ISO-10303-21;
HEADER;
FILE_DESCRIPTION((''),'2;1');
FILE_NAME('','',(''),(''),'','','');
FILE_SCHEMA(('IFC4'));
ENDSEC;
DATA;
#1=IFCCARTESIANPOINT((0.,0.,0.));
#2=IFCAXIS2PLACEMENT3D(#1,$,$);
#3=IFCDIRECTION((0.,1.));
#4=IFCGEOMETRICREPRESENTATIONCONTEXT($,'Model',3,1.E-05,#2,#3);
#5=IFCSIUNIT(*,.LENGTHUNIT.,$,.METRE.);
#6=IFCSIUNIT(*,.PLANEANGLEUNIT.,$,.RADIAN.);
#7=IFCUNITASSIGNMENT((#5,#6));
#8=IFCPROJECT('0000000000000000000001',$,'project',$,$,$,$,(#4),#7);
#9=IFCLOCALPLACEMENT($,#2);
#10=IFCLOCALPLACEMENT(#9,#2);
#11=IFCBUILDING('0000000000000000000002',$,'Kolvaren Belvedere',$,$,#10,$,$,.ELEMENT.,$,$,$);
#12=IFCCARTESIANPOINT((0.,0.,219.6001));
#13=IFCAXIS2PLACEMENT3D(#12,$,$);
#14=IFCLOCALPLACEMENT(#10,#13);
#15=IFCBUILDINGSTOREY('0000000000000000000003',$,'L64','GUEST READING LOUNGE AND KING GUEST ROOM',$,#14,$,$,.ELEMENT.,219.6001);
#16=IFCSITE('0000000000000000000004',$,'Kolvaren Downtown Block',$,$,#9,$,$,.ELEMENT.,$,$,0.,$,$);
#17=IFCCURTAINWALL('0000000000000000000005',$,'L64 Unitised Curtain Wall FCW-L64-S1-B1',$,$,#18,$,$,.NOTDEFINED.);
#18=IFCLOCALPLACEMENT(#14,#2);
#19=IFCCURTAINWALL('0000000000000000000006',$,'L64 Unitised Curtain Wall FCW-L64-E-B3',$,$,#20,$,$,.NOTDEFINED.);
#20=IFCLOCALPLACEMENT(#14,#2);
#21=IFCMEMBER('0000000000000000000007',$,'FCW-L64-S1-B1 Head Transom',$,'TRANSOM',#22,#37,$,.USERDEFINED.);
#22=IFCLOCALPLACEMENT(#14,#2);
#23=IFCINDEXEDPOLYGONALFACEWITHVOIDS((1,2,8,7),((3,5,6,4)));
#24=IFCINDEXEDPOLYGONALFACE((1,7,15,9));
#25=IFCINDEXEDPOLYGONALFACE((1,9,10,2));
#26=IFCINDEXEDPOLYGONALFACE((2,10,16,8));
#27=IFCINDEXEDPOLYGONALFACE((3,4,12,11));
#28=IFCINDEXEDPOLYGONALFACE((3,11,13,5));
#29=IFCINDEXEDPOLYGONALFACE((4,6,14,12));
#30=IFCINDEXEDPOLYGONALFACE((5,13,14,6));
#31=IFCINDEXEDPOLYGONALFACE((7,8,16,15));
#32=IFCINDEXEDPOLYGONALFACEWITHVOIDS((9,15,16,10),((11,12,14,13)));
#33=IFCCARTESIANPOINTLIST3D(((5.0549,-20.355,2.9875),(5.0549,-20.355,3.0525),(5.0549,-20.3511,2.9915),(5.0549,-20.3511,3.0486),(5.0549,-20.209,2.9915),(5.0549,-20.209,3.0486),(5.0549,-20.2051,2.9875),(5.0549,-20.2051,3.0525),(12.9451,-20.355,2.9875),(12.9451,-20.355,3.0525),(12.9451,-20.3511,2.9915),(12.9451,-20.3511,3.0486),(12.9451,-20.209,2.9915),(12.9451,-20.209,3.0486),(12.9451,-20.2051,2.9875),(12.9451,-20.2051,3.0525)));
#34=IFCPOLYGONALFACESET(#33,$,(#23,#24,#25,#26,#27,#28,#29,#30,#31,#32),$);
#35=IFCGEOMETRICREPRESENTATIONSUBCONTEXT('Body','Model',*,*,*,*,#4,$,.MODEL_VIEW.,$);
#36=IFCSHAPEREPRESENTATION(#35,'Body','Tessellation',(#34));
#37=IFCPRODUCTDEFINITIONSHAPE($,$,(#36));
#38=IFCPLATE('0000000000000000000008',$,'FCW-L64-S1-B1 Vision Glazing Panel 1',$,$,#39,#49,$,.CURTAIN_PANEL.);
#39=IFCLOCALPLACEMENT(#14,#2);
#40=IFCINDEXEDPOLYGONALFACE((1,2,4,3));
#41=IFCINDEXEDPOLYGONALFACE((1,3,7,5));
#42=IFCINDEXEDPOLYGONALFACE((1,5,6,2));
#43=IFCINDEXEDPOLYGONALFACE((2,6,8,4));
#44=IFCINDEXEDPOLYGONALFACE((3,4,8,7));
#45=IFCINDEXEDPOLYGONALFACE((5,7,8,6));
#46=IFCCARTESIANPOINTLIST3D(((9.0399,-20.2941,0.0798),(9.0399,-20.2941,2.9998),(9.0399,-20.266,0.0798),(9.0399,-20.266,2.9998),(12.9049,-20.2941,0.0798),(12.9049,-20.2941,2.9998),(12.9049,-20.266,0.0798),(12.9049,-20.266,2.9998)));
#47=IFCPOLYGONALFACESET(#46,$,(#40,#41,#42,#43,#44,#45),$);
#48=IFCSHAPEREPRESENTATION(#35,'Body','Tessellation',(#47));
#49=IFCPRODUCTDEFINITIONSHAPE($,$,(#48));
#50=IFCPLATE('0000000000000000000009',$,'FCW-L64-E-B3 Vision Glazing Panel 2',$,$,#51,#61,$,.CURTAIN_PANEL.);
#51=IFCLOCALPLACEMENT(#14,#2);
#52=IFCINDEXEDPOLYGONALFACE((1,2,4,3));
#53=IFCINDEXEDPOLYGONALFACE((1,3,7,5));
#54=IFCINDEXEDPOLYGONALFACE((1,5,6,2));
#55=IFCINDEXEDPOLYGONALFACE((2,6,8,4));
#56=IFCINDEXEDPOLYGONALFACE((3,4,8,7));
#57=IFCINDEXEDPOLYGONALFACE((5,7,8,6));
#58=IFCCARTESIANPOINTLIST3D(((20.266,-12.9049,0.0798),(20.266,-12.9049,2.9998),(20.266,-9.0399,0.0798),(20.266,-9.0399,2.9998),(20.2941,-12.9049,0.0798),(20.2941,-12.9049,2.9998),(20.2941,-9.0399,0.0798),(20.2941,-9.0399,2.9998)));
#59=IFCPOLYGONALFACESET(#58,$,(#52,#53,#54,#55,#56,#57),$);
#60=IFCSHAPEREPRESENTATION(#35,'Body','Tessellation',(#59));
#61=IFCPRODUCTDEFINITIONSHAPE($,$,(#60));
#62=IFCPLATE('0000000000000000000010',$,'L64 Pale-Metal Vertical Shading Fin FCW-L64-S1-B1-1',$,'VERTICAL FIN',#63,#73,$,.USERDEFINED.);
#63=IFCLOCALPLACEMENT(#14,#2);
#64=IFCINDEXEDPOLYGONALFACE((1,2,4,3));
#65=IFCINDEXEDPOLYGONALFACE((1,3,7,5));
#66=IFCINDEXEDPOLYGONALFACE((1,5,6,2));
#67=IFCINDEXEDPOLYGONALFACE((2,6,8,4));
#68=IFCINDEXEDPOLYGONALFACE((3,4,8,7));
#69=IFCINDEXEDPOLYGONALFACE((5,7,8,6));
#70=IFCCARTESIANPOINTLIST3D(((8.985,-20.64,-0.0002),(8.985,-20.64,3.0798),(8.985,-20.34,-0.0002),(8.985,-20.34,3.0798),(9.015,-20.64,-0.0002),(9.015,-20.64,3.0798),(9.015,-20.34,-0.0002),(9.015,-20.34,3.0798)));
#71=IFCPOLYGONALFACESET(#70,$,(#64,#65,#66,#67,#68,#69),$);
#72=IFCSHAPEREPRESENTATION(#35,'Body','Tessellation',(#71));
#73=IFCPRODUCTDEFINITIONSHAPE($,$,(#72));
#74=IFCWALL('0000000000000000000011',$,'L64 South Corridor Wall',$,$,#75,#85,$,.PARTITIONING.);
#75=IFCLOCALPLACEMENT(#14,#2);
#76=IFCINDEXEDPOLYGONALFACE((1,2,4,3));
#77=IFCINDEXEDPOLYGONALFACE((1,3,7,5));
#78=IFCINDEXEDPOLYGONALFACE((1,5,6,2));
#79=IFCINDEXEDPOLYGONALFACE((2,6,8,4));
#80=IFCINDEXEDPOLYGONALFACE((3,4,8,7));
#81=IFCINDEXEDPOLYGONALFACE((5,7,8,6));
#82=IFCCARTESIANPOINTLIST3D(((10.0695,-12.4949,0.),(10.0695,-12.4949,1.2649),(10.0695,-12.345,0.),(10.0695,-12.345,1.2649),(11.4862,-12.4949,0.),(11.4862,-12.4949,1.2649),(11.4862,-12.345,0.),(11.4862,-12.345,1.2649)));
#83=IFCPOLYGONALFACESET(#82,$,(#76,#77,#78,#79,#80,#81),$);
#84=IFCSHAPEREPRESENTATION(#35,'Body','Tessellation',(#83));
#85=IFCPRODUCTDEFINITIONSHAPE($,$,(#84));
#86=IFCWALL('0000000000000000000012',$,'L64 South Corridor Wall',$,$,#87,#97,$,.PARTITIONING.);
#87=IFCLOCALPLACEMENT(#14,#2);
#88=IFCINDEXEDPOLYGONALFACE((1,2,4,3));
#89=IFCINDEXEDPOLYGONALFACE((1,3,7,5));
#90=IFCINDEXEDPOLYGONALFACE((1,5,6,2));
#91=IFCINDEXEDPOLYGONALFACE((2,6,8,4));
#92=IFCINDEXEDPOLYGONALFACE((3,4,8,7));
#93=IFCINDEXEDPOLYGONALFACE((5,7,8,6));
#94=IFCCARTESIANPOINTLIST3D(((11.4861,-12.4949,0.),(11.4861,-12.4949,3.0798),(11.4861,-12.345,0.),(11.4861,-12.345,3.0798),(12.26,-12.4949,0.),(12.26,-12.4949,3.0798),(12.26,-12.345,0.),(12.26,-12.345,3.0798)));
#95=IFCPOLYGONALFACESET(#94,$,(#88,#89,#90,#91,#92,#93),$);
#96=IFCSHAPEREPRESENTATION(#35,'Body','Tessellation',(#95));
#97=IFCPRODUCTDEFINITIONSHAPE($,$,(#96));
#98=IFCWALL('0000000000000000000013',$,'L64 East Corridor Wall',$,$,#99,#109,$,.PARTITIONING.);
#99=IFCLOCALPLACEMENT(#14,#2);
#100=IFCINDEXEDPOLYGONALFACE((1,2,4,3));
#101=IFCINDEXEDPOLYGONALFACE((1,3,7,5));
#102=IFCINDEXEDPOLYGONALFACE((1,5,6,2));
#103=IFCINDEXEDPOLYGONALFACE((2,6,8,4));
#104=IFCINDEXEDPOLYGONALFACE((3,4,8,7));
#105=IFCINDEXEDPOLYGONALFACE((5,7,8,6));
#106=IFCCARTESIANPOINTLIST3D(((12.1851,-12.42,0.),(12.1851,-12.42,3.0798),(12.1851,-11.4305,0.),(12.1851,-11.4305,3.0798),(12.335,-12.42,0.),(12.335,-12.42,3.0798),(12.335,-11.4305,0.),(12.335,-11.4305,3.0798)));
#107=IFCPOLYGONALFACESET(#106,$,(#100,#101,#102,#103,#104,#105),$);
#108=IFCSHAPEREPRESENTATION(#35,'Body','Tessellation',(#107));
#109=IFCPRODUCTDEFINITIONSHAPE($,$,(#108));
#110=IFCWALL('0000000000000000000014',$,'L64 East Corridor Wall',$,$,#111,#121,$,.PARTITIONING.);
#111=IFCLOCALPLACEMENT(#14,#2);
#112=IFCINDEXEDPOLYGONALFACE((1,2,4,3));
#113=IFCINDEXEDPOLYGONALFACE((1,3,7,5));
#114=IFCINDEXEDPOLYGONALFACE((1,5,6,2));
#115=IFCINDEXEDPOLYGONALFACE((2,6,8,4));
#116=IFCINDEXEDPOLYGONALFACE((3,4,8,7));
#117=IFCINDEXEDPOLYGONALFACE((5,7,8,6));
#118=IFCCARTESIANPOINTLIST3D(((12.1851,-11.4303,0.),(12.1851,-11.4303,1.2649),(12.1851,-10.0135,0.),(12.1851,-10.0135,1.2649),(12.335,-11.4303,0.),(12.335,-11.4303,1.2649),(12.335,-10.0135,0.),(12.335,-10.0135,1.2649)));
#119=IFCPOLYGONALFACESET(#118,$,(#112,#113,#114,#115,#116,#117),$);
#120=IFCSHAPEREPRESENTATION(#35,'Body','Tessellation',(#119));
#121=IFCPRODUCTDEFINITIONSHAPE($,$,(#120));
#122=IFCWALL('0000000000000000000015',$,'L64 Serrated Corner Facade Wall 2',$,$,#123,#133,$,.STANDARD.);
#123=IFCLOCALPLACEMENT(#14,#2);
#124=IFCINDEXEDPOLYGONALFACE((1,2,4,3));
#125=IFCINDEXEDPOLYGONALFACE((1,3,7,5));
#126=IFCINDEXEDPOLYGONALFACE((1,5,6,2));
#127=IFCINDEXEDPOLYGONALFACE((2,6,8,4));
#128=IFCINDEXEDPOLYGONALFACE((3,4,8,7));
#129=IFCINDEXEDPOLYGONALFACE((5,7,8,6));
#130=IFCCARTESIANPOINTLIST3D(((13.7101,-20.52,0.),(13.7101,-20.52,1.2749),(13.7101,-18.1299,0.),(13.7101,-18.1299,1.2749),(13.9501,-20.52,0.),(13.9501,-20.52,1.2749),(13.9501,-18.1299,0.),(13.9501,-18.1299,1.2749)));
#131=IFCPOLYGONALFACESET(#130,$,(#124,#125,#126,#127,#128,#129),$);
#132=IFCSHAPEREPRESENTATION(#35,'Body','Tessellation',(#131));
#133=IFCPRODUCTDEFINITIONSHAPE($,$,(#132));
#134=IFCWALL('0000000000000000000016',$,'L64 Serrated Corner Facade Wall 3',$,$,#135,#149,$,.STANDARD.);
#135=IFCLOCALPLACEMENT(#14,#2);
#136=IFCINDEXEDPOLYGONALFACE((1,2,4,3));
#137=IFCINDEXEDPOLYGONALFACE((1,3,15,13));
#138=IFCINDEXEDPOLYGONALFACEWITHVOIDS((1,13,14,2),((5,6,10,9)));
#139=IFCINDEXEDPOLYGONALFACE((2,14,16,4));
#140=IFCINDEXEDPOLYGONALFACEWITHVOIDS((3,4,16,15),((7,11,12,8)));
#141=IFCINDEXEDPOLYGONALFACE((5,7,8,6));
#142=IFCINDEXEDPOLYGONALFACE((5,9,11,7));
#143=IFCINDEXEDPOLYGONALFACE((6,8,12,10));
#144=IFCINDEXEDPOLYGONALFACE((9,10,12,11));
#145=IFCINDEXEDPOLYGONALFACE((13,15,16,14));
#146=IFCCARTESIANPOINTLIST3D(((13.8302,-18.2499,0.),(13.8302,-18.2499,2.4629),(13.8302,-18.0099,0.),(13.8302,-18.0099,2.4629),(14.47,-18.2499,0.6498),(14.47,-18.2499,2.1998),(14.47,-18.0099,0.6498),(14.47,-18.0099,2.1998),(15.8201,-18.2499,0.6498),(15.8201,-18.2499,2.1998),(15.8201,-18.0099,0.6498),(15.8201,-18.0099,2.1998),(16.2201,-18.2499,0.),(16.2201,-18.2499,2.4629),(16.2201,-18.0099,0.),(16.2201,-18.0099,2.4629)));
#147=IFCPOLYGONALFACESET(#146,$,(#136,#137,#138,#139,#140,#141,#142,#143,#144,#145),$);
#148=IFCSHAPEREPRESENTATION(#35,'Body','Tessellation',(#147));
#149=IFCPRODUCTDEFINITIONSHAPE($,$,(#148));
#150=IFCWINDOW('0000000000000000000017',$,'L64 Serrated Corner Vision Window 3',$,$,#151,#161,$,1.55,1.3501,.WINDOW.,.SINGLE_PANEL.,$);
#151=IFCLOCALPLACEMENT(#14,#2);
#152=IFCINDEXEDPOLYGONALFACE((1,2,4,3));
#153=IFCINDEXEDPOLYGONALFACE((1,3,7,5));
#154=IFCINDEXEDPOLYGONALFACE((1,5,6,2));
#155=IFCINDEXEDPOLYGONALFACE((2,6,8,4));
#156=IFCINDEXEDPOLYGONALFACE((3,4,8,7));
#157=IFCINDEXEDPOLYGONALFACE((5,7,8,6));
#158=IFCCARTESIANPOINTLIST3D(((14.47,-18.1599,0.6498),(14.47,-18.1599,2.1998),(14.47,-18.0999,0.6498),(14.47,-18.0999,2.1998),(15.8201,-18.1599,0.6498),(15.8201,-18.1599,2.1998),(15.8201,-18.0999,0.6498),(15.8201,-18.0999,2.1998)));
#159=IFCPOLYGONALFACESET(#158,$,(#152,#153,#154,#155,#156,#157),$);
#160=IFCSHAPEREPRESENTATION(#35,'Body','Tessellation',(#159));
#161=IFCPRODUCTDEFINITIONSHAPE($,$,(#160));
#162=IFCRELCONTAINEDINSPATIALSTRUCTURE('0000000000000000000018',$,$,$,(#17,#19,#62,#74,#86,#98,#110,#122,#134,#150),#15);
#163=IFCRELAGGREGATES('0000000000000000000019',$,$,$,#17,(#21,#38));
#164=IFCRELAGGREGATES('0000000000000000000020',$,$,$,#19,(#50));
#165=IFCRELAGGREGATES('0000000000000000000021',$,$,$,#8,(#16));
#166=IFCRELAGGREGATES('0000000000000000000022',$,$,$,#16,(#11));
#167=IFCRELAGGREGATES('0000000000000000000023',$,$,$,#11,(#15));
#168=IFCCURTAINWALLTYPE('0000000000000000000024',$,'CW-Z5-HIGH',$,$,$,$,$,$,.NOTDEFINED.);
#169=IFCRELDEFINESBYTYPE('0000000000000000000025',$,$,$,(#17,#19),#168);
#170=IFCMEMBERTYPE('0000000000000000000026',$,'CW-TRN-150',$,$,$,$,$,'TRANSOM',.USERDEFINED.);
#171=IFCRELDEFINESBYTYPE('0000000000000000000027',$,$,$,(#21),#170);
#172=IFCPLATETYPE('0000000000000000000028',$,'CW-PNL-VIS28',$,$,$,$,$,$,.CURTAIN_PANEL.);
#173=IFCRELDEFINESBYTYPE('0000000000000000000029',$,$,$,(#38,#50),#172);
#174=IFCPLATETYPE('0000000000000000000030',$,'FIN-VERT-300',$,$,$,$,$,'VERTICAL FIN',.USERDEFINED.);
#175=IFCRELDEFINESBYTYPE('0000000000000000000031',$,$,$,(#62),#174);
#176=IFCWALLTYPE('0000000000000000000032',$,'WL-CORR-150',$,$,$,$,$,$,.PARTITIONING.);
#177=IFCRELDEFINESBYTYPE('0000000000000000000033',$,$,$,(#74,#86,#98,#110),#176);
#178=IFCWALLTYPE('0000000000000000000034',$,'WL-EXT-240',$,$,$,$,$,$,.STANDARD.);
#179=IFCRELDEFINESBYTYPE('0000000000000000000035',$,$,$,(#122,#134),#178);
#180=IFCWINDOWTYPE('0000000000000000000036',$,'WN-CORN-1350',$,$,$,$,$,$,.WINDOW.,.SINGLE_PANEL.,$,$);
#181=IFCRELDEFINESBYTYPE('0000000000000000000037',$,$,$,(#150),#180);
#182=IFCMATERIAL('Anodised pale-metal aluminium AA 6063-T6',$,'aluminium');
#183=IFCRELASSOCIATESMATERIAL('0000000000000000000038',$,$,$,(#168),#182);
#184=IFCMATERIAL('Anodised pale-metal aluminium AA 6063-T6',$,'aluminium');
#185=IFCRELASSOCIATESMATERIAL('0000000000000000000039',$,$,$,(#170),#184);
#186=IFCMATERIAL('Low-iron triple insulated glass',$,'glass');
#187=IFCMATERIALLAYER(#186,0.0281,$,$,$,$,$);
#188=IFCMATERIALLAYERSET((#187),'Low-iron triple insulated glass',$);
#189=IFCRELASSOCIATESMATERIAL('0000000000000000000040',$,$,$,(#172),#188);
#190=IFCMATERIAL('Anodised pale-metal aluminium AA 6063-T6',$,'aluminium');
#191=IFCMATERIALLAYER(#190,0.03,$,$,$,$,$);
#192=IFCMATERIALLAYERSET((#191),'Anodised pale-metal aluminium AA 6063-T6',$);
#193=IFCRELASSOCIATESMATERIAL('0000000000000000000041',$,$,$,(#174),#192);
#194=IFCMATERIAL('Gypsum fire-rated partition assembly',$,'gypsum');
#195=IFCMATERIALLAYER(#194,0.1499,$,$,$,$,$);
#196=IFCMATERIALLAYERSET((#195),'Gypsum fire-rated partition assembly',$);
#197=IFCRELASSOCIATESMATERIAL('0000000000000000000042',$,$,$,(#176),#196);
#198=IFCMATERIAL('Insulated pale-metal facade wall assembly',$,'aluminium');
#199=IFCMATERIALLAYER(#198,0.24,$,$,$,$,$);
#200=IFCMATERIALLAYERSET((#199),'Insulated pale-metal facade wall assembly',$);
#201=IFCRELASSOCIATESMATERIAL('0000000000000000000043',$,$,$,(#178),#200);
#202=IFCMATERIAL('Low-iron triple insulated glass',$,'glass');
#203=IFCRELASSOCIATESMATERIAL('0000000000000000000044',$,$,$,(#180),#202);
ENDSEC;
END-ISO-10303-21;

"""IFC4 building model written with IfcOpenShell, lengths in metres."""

from ifc_helpers import new_model, si_unit, direction, frame, frame_2d, origin, origin_2d, place, context, subcontext, project, spatial, rectangle, hollow_rectangle, extrude, material, layer, layer_set, material_profile, profile_set, type_object, element, fill, aggregate, save


model = new_model("IFC4")

# Units and contexts
model_context = context("Model", 3, precision=1e-05, world=origin(), true_north=direction((0.0, 1.0)))
body_context = subcontext(model_context, "Body", "Model", "MODEL_VIEW")
ifc_project = project(units=[si_unit("LENGTHUNIT", "METRE"), si_unit("PLANEANGLEUNIT", "RADIAN")], contexts=[model_context])

# Site, building, storey
site_placement = place(None, origin())
site = spatial("IfcSite", under=ifc_project, at=site_placement, Name="Kolvaren Downtown Block", CompositionType="ELEMENT", RefElevation=0.0)
building_placement = place(site_placement, origin())
building = spatial("IfcBuilding", under=site, at=building_placement, Name="Kolvaren Belvedere", CompositionType="ELEMENT")
storey_placement = place(building_placement, frame((0.0, 0.0, 219.6001)))
storey = spatial("IfcBuildingStorey", under=building, at=storey_placement, Name="L64", Description="GUEST READING LOUNGE AND KING GUEST ROOM", CompositionType="ELEMENT", Elevation=219.6001)

# Curtain wall
ifc_material_1 = material(Name="Anodised pale-metal aluminium AA 6063-T6", Category="aluminium")
curtain_wall_type = type_object("IfcCurtainWallType", Name="CW-Z5-HIGH", PredefinedType="NOTDEFINED", material=ifc_material_1)
curtain_wall_1_placement = place(storey_placement, origin())
curtain_wall_1 = element("IfcCurtainWall", 1, at=curtain_wall_1_placement, inside=storey, type_object=curtain_wall_type, Name="L64 Unitised Curtain Wall FCW-L64-S1-B1", PredefinedType="NOTDEFINED")

# Curtain wall
curtain_wall_2_placement = place(storey_placement, origin())
curtain_wall_2 = element("IfcCurtainWall", 2, at=curtain_wall_2_placement, inside=storey, type_object=curtain_wall_type, Name="L64 Unitised Curtain Wall FCW-L64-E-B3", PredefinedType="NOTDEFINED")

# Member
ifc_material_2 = material(Name="Anodised pale-metal aluminium AA 6063-T6", Category="aluminium")
ifc_material_profile_1 = material_profile(ifc_material_2, hollow_rectangle(XDim=0.0649, YDim=0.1499, WallThickness=0.0039, at=origin_2d()), Name="ALU-TRN-150X65")
ifc_profile_set_1 = profile_set([ifc_material_profile_1], Name="Anodised pale-metal aluminium AA 6063-T6")
member_type_1 = type_object("IfcMemberType", Name="CW-TRN-150", ElementType="TRANSOM", PredefinedType="USERDEFINED", material=ifc_profile_set_1)
member_1_placement = place(storey_placement, frame((12.9451, -20.28, 3.02), z_axis=(-1.0, 0.0, 0.0), x_axis=(0.0, 0.0, 1.0)))
member_1 = element("IfcMember", 3, at=member_1_placement, type_object=member_type_1, Name="FCW-L64-S1-B1 Head Transom", ObjectType="TRANSOM", PredefinedType="USERDEFINED", context=body_context, shape_type="SweptSolid", body=[
    extrude(hollow_rectangle(XDim=0.0649, YDim=0.1499, WallThickness=0.0039, at=origin_2d()), origin(), (0.0, 0.0, 1.0), 7.8901),
])

# Plates
ifc_material_3 = material(Name="Low-iron triple insulated glass", Category="glass")
ifc_layer_1 = layer(ifc_material_3, 0.0281)
ifc_layer_set_1 = layer_set([ifc_layer_1], Name="Low-iron triple insulated glass")
plate_type_1 = type_object("IfcPlateType", Name="CW-PNL-VIS28", PredefinedType="CURTAIN_PANEL", material=ifc_layer_set_1)
plate_1_placement = place(storey_placement, frame((10.9724, -20.28, 0.0798), z_axis=(0.0, 0.0, 1.0), x_axis=(-1.0, 0.0, 0.0)))
plate_1 = element("IfcPlate", 4, at=plate_1_placement, type_object=plate_type_1, Name="FCW-L64-S1-B1 Vision Glazing Panel 1", PredefinedType="CURTAIN_PANEL", context=body_context, shape_type="SweptSolid", body=[
    extrude(rectangle(XDim=3.865, YDim=0.0281, at=origin_2d()), origin(), (0.0, 0.0, 1.0), 2.9199),
])
aggregate(curtain_wall_1, [member_1, plate_1])
plate_2_placement = place(storey_placement, frame((20.28, -10.9724, 0.0798), z_axis=(0.0, 0.0, 1.0), x_axis=(0.0, -1.0, 0.0)))
plate_2 = element("IfcPlate", 5, at=plate_2_placement, type_object=plate_type_1, Name="FCW-L64-E-B3 Vision Glazing Panel 2", PredefinedType="CURTAIN_PANEL", context=body_context, shape_type="SweptSolid", body=[
    extrude(rectangle(XDim=3.865, YDim=0.0281, at=origin_2d()), origin(), (0.0, 0.0, 1.0), 2.9199),
])
aggregate(curtain_wall_2, [plate_2])
ifc_material_4 = material(Name="Anodised pale-metal aluminium AA 6063-T6", Category="aluminium")
ifc_layer_2 = layer(ifc_material_4, 0.03)
ifc_layer_set_2 = layer_set([ifc_layer_2], Name="Anodised pale-metal aluminium AA 6063-T6")
plate_type_2 = type_object("IfcPlateType", Name="FIN-VERT-300", ElementType="VERTICAL FIN", PredefinedType="USERDEFINED", material=ifc_layer_set_2)
plate_3_placement = place(storey_placement, frame((9.0, -20.49, -0.0002), z_axis=(0.0, 0.0, 1.0), x_axis=(0.0, 1.0, 0.0)))
element("IfcPlate", 6, at=plate_3_placement, inside=storey, type_object=plate_type_2, Name="L64 Pale-Metal Vertical Shading Fin FCW-L64-S1-B1-1", ObjectType="VERTICAL FIN", PredefinedType="USERDEFINED", context=body_context, shape_type="SweptSolid", body=[
    extrude(rectangle(XDim=0.3, YDim=0.03, at=origin_2d()), origin(), (0.0, 0.0, 1.0), 3.0801),
])

# Walls
ifc_material_5 = material(Name="Gypsum fire-rated partition assembly", Category="gypsum")
ifc_layer_3 = layer(ifc_material_5, 0.1499)
ifc_layer_set_3 = layer_set([ifc_layer_3], Name="Gypsum fire-rated partition assembly")
wall_type_1 = type_object("IfcWallType", Name="WL-CORR-150", PredefinedType="PARTITIONING", material=ifc_layer_set_3)
wall_1_placement = place(storey_placement, frame((10.0693, -12.4199, 0.0), z_axis=(0.0, 0.0, 1.0), x_axis=(1.0, 0.0, 0.0)))
element("IfcWall", 7, at=wall_1_placement, inside=storey, type_object=wall_type_1, Name="L64 South Corridor Wall", PredefinedType="PARTITIONING", context=body_context, shape_type="SweptSolid", body=[
    extrude(rectangle(XDim=1.4167, YDim=0.1499, at=frame_2d((0.7085, 0.0))), origin(), (0.0, 0.0, 1.0), 1.2649),
])
wall_2_placement = place(storey_placement, frame((11.4861, -12.4199, 0.0), z_axis=(0.0, 0.0, 1.0), x_axis=(1.0, 0.0, 0.0)))
element("IfcWall", 8, at=wall_2_placement, inside=storey, type_object=wall_type_1, Name="L64 South Corridor Wall", PredefinedType="PARTITIONING", context=body_context, shape_type="SweptSolid", body=[
    extrude(rectangle(XDim=0.7739, YDim=0.1499, at=frame_2d((0.387, 0.0))), origin(), (0.0, 0.0, 1.0), 3.0798),
])
wall_3_placement = place(storey_placement, frame((12.26, -12.4199, 0.0), z_axis=(0.0, 0.0, 1.0), x_axis=(0.0, 1.0, 0.0)))
element("IfcWall", 9, at=wall_3_placement, inside=storey, type_object=wall_type_1, Name="L64 East Corridor Wall", PredefinedType="PARTITIONING", context=body_context, shape_type="SweptSolid", body=[
    extrude(rectangle(XDim=0.9895, YDim=0.1499, at=frame_2d((0.4946, 0.0))), origin(), (0.0, 0.0, 1.0), 3.0798),
])
wall_4_placement = place(storey_placement, frame((12.26, -11.4304, 0.0), z_axis=(0.0, 0.0, 1.0), x_axis=(0.0, 1.0, 0.0)))
element("IfcWall", 10, at=wall_4_placement, inside=storey, type_object=wall_type_1, Name="L64 East Corridor Wall", PredefinedType="PARTITIONING", context=body_context, shape_type="SweptSolid", body=[
    extrude(rectangle(XDim=1.4167, YDim=0.1499, at=frame_2d((0.7085, 0.0))), origin(), (0.0, 0.0, 1.0), 1.2649),
])
ifc_material_6 = material(Name="Insulated pale-metal facade wall assembly", Category="aluminium")
ifc_layer_4 = layer(ifc_material_6, 0.24)
ifc_layer_set_4 = layer_set([ifc_layer_4], Name="Insulated pale-metal facade wall assembly")
wall_type_2 = type_object("IfcWallType", Name="WL-EXT-240", PredefinedType="STANDARD", material=ifc_layer_set_4)
wall_5_placement = place(storey_placement, frame((13.8301, -18.1299, 0.0), z_axis=(0.0, 0.0, 1.0), x_axis=(0.0, -1.0, 0.0)))
element("IfcWall", 11, at=wall_5_placement, inside=storey, type_object=wall_type_2, Name="L64 Serrated Corner Facade Wall 2", PredefinedType="STANDARD", context=body_context, shape_type="SweptSolid", body=[
    extrude(rectangle(XDim=2.3901, YDim=0.24, at=frame_2d((1.1951, 0.0))), origin(), (0.0, 0.0, 1.0), 1.2749),
])

# Wall, opening, window
wall_6_placement = place(storey_placement, frame((16.22, -18.1299, 0.0), z_axis=(0.0, 0.0, 1.0), x_axis=(-1.0, 0.0, 0.0)))
wall_6 = element("IfcWall", 12, at=wall_6_placement, inside=storey, type_object=wall_type_2, Name="L64 Serrated Corner Facade Wall 3", PredefinedType="STANDARD", context=body_context, shape_type="SweptSolid", body=[
    extrude(rectangle(XDim=2.3899, YDim=0.24, at=frame_2d((1.1948, 0.0))), origin(), (0.0, 0.0, 1.0), 2.4629),
])
opening_1_placement = place(wall_6_placement, frame((0.3999, 0.0, 0.6499)))
opening_1 = element("IfcOpeningElement", 13, at=opening_1_placement, cuts=wall_6, PredefinedType="OPENING", context=body_context, shape_type="SweptSolid", body=[
    extrude(rectangle(XDim=1.3501, YDim=1.55, at=frame_2d((0.675, 0.7749))), frame((0.0, 0.1299, 0.0), z_axis=(0.0, -1.0, 0.0), x_axis=(1.0, 0.0, 0.0)), (0.0, 0.0, 1.0), 0.26),
])
ifc_material_7 = material(Name="Low-iron triple insulated glass", Category="glass")
window_type_1 = type_object("IfcWindowType", Name="WN-CORN-1350", PartitioningType="SINGLE_PANEL", PredefinedType="WINDOW", material=ifc_material_7)
window_1_placement = place(opening_1_placement, origin())
window_1 = element("IfcWindow", 14, at=window_1_placement, inside=storey, type_object=window_type_1, Name="L64 Serrated Corner Vision Window 3", OverallHeight=1.55, OverallWidth=1.3501, PartitioningType="SINGLE_PANEL", PredefinedType="WINDOW", context=body_context, shape_type="SweptSolid", body=[
    extrude(rectangle(XDim=1.3501, YDim=1.55, at=frame_2d((0.675, 0.7749))), frame((0.0, 0.03, 0.0), z_axis=(0.0, -1.0, 0.0), x_axis=(1.0, 0.0, 0.0)), (0.0, 0.0, 1.0), 0.0601),
])
fill(opening_1, window_1)

save(model, "model.ifc")
